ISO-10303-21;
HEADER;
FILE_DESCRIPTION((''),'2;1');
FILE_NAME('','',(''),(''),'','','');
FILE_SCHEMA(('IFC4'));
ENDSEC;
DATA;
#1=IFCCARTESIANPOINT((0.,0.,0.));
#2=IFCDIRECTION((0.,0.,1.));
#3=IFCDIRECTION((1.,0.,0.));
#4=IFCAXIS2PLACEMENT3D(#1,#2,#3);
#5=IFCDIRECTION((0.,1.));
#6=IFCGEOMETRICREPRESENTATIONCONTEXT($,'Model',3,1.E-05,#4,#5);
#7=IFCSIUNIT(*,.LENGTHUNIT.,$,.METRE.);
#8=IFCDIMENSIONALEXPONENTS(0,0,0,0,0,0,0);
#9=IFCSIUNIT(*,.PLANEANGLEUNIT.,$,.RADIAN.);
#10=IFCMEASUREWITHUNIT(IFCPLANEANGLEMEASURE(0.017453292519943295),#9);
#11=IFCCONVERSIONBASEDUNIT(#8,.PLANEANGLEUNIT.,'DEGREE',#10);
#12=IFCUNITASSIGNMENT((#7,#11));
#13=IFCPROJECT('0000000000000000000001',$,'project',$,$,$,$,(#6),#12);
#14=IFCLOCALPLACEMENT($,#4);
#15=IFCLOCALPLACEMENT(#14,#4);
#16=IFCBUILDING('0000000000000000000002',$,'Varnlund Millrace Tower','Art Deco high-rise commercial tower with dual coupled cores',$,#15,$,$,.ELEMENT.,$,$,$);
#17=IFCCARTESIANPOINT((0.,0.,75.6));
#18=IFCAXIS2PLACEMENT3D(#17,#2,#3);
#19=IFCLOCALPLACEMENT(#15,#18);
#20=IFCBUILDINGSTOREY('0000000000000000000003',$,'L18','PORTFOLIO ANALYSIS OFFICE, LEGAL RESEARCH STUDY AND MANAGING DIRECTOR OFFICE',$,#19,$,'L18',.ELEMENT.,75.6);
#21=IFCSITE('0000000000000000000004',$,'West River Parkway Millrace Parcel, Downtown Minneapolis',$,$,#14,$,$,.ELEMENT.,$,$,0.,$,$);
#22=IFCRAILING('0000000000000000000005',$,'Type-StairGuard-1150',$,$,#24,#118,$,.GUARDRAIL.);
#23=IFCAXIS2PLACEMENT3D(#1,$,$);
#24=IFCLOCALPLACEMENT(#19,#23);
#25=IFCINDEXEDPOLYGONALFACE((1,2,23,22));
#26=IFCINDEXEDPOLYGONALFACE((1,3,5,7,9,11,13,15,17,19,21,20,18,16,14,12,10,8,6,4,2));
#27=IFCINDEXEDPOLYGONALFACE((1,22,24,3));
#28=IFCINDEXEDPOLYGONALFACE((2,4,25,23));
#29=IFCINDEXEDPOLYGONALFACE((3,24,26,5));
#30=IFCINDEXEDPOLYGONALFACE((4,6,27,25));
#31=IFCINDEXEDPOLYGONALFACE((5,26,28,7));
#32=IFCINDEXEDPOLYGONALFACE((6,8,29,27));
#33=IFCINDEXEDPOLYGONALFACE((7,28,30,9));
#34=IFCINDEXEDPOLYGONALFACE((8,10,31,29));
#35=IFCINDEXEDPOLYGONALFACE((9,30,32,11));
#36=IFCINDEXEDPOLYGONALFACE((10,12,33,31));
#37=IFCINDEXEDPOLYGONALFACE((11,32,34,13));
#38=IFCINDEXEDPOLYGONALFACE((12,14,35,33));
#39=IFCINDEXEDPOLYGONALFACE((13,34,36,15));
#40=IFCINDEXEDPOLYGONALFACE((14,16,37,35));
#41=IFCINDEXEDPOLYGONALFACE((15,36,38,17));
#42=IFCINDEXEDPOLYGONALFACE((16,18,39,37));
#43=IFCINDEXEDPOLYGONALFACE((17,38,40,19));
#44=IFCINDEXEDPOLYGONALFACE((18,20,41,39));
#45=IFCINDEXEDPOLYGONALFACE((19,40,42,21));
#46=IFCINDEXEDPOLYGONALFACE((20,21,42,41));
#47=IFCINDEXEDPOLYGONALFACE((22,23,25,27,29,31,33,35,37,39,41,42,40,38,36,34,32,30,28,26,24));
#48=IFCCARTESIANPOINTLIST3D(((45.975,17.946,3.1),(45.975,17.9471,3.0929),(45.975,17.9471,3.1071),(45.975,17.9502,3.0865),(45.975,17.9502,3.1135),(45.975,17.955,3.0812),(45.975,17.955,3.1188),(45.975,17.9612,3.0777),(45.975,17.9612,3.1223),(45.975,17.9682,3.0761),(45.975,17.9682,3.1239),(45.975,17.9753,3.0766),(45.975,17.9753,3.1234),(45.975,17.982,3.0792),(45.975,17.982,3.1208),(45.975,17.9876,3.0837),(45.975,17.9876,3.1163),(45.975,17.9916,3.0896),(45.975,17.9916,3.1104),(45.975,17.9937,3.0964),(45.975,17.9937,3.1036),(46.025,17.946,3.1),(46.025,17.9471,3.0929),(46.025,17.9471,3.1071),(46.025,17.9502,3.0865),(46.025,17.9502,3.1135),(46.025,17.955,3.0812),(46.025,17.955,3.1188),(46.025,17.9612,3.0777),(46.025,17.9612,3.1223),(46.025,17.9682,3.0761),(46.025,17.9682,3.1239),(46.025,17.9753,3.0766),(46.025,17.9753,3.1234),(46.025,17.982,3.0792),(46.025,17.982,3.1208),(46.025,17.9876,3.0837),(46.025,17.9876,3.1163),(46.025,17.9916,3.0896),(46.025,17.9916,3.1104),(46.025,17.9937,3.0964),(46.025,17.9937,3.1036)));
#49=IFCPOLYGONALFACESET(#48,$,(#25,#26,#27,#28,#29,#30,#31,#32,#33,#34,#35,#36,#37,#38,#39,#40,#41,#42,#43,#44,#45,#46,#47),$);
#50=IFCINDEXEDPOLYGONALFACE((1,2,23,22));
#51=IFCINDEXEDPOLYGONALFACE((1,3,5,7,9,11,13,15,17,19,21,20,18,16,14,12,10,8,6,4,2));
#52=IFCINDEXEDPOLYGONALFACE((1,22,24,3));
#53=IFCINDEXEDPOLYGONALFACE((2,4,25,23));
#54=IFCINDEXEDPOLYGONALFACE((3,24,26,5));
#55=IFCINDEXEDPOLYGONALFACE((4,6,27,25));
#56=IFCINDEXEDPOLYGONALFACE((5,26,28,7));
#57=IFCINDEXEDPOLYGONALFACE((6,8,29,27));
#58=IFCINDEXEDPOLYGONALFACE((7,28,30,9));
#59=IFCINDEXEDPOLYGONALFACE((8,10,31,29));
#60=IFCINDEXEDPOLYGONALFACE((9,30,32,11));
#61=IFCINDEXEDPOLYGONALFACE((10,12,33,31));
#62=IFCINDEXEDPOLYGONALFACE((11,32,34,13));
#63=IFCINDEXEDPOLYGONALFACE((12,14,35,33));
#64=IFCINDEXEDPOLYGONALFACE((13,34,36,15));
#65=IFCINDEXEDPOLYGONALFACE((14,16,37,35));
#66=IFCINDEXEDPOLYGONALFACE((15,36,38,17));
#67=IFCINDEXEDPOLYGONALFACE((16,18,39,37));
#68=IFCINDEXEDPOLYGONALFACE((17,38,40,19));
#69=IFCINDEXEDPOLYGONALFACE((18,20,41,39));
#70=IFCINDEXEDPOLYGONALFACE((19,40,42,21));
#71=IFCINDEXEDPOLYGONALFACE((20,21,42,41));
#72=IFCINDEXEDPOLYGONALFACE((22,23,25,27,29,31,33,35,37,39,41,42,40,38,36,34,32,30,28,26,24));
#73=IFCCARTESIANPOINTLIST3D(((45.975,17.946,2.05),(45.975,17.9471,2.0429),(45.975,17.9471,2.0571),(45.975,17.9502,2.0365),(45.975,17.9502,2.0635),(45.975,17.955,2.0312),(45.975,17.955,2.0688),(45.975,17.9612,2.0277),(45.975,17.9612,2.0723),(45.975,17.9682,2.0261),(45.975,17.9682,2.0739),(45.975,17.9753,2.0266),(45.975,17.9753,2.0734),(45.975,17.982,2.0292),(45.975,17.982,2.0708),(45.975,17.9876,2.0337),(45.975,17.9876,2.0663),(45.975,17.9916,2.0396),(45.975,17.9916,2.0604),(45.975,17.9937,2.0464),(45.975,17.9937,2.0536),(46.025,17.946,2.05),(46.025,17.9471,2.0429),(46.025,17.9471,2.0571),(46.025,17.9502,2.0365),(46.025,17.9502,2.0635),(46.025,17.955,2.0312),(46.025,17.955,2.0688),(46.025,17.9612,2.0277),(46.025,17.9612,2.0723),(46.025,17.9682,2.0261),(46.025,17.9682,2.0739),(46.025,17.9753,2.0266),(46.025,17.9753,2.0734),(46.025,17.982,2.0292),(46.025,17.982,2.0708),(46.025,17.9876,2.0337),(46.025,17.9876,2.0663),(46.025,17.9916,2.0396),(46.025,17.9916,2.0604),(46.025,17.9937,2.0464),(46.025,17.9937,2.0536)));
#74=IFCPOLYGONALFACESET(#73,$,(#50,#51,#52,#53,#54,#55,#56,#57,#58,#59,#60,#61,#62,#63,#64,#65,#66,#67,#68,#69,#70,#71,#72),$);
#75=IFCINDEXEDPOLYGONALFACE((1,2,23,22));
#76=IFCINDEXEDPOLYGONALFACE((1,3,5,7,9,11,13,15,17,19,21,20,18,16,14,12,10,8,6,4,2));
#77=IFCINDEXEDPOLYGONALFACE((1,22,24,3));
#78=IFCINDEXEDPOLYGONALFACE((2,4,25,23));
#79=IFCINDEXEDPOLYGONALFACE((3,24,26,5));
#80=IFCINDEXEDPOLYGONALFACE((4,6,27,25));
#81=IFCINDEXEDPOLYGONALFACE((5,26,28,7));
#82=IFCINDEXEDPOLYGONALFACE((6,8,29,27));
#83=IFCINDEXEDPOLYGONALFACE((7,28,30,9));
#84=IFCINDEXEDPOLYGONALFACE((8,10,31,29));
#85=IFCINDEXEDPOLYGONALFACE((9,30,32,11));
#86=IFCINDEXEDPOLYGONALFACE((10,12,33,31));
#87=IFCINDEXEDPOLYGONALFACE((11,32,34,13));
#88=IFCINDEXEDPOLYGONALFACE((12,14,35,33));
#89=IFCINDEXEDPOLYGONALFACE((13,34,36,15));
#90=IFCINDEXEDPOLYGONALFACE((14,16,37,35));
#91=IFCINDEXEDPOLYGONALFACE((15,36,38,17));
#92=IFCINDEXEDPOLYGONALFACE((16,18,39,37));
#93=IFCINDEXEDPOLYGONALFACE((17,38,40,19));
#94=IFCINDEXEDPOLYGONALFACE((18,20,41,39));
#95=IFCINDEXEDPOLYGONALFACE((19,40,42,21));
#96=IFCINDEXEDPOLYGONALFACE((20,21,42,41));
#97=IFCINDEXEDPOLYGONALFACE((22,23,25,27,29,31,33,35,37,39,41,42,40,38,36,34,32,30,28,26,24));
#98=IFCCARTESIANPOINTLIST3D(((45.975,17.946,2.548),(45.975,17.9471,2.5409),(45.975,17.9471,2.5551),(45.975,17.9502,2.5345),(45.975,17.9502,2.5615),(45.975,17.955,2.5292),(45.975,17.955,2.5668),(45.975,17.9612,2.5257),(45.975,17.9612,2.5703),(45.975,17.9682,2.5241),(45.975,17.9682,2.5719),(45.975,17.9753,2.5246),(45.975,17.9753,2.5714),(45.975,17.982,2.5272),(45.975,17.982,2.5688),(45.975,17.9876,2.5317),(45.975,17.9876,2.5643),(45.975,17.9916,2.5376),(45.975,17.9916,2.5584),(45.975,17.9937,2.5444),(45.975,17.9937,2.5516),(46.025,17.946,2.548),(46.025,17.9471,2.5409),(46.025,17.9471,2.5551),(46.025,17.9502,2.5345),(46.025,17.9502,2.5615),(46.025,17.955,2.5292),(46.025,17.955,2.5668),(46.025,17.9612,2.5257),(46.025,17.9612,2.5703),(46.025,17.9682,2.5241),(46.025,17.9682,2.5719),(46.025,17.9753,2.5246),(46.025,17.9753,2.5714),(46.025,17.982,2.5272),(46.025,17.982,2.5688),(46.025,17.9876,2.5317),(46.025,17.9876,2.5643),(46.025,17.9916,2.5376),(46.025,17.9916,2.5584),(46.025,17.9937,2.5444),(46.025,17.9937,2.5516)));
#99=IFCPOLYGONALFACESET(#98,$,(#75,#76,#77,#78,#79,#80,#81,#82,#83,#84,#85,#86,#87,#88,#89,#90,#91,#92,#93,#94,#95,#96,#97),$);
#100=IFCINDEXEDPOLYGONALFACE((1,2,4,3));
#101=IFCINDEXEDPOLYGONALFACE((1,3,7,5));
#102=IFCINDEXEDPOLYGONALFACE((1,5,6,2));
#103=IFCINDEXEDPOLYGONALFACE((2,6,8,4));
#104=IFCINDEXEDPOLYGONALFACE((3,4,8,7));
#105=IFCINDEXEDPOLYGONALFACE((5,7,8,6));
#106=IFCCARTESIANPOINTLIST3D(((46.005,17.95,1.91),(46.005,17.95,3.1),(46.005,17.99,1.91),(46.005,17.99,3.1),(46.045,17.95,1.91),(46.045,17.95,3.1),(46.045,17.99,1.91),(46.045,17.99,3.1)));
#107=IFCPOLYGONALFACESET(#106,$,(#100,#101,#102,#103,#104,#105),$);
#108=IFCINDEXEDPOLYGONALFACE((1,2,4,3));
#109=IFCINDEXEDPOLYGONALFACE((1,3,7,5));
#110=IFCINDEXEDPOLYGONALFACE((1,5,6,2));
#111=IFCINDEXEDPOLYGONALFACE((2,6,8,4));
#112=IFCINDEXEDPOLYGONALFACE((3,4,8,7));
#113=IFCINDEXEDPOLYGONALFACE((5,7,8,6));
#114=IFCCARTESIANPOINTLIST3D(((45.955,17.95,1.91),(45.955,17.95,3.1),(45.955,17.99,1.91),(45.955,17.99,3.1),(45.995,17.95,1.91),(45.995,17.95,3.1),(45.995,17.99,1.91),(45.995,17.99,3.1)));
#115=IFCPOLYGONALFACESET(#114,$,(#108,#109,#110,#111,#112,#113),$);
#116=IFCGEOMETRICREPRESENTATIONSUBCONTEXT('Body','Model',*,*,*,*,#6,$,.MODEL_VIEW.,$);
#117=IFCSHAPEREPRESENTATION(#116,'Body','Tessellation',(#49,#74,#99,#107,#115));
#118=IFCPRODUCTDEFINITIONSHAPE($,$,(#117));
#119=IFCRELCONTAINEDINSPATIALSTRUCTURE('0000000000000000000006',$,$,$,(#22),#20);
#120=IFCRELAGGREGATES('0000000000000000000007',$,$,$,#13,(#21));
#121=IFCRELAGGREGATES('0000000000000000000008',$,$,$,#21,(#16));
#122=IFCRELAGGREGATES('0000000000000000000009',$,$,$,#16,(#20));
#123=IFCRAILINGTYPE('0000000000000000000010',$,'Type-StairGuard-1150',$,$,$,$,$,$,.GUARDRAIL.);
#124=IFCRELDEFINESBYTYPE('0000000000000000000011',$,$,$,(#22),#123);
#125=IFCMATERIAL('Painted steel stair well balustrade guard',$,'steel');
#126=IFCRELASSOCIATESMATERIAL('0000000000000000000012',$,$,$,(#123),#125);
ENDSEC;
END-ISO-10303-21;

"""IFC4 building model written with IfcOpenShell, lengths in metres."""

from ifc_helpers import new_model, entity, si_unit, converted_unit, direction, frame, origin_with_axes, origin_2d_with_axis, place, context, subcontext, project, spatial, rectangle, circle, extrude, material, type_object, element, save


model = new_model("IFC4")

# Units and contexts
model_context = context("Model", 3, precision=1e-05, world=origin_with_axes(), true_north=direction((0.0, 1.0)))
body_context = subcontext(model_context, "Body", "Model", "MODEL_VIEW")
ifc_project = project(units=[si_unit("LENGTHUNIT", "METRE"), converted_unit("PLANEANGLEUNIT", "DEGREE", entity("IfcPlaneAngleMeasure", 0.017453292519943295), si_unit("PLANEANGLEUNIT", "RADIAN"), dimensions=[0, 0, 0, 0, 0, 0, 0])], contexts=[model_context])

# Site, building, storey
site_placement = place(None, origin_with_axes())
site = spatial("IfcSite", under=ifc_project, at=site_placement, Name="West River Parkway Millrace Parcel, Downtown Minneapolis", CompositionType="ELEMENT", RefElevation=0.0)
building_placement = place(site_placement, origin_with_axes())
building = spatial("IfcBuilding", under=site, at=building_placement, Name="Varnlund Millrace Tower", Description="Art Deco high-rise commercial tower with dual coupled cores", CompositionType="ELEMENT")
storey_placement = place(building_placement, frame((0.0, 0.0, 75.6), z_axis=(0.0, 0.0, 1.0), x_axis=(1.0, 0.0, 0.0)))
storey = spatial("IfcBuildingStorey", under=building, at=storey_placement, Name="L18", Description="PORTFOLIO ANALYSIS OFFICE, LEGAL RESEARCH STUDY AND MANAGING DIRECTOR OFFICE", LongName="L18", CompositionType="ELEMENT", Elevation=75.6)

# Railing
ifc_material_1 = material(Name="Painted steel stair well balustrade guard", Category="steel")
railing_type_1 = type_object("IfcRailingType", Name="Type-StairGuard-1150", PredefinedType="GUARDRAIL", material=ifc_material_1)
railing_1_placement = place(storey_placement, frame((0.0, 0.0, -75.6), z_axis=(0.0, 0.0, 1.0), x_axis=(1.0, 0.0, 0.0)))
element("IfcRailing", 1, at=railing_1_placement, inside=storey, type_object=railing_type_1, Name="Type-StairGuard-1150", PredefinedType="GUARDRAIL", context=body_context, shape_type="SweptSolid", body=[
    extrude(circle(Radius=0.024, at=origin_2d_with_axis()), frame((46.025, 17.97, 78.7), z_axis=(-1.0, 0.0, 0.0), x_axis=(0.0, -1.0, 0.0)), (0.0, 0.0, 1.0), 0.05),
    extrude(circle(Radius=0.024, at=origin_2d_with_axis()), frame((46.025, 17.97, 77.65), z_axis=(-1.0, 0.0, 0.0), x_axis=(0.0, -1.0, 0.0)), (0.0, 0.0, 1.0), 0.05),
    extrude(circle(Radius=0.024, at=origin_2d_with_axis()), frame((46.025, 17.97, 78.148), z_axis=(-1.0, 0.0, 0.0), x_axis=(0.0, -1.0, 0.0)), (0.0, 0.0, 1.0), 0.05),
    extrude(rectangle(XDim=0.04, YDim=0.04, at=origin_2d_with_axis()), frame((46.025, 17.97, 77.51), z_axis=(0.0, 0.0, 1.0), x_axis=(1.0, 0.0, 0.0)), (0.0, 0.0, 1.0), 1.19),
    extrude(rectangle(XDim=0.04, YDim=0.04, at=origin_2d_with_axis()), frame((45.975, 17.97, 77.51), z_axis=(0.0, 0.0, 1.0), x_axis=(1.0, 0.0, 0.0)), (0.0, 0.0, 1.0), 1.19),
])

save(model, "model.ifc")
